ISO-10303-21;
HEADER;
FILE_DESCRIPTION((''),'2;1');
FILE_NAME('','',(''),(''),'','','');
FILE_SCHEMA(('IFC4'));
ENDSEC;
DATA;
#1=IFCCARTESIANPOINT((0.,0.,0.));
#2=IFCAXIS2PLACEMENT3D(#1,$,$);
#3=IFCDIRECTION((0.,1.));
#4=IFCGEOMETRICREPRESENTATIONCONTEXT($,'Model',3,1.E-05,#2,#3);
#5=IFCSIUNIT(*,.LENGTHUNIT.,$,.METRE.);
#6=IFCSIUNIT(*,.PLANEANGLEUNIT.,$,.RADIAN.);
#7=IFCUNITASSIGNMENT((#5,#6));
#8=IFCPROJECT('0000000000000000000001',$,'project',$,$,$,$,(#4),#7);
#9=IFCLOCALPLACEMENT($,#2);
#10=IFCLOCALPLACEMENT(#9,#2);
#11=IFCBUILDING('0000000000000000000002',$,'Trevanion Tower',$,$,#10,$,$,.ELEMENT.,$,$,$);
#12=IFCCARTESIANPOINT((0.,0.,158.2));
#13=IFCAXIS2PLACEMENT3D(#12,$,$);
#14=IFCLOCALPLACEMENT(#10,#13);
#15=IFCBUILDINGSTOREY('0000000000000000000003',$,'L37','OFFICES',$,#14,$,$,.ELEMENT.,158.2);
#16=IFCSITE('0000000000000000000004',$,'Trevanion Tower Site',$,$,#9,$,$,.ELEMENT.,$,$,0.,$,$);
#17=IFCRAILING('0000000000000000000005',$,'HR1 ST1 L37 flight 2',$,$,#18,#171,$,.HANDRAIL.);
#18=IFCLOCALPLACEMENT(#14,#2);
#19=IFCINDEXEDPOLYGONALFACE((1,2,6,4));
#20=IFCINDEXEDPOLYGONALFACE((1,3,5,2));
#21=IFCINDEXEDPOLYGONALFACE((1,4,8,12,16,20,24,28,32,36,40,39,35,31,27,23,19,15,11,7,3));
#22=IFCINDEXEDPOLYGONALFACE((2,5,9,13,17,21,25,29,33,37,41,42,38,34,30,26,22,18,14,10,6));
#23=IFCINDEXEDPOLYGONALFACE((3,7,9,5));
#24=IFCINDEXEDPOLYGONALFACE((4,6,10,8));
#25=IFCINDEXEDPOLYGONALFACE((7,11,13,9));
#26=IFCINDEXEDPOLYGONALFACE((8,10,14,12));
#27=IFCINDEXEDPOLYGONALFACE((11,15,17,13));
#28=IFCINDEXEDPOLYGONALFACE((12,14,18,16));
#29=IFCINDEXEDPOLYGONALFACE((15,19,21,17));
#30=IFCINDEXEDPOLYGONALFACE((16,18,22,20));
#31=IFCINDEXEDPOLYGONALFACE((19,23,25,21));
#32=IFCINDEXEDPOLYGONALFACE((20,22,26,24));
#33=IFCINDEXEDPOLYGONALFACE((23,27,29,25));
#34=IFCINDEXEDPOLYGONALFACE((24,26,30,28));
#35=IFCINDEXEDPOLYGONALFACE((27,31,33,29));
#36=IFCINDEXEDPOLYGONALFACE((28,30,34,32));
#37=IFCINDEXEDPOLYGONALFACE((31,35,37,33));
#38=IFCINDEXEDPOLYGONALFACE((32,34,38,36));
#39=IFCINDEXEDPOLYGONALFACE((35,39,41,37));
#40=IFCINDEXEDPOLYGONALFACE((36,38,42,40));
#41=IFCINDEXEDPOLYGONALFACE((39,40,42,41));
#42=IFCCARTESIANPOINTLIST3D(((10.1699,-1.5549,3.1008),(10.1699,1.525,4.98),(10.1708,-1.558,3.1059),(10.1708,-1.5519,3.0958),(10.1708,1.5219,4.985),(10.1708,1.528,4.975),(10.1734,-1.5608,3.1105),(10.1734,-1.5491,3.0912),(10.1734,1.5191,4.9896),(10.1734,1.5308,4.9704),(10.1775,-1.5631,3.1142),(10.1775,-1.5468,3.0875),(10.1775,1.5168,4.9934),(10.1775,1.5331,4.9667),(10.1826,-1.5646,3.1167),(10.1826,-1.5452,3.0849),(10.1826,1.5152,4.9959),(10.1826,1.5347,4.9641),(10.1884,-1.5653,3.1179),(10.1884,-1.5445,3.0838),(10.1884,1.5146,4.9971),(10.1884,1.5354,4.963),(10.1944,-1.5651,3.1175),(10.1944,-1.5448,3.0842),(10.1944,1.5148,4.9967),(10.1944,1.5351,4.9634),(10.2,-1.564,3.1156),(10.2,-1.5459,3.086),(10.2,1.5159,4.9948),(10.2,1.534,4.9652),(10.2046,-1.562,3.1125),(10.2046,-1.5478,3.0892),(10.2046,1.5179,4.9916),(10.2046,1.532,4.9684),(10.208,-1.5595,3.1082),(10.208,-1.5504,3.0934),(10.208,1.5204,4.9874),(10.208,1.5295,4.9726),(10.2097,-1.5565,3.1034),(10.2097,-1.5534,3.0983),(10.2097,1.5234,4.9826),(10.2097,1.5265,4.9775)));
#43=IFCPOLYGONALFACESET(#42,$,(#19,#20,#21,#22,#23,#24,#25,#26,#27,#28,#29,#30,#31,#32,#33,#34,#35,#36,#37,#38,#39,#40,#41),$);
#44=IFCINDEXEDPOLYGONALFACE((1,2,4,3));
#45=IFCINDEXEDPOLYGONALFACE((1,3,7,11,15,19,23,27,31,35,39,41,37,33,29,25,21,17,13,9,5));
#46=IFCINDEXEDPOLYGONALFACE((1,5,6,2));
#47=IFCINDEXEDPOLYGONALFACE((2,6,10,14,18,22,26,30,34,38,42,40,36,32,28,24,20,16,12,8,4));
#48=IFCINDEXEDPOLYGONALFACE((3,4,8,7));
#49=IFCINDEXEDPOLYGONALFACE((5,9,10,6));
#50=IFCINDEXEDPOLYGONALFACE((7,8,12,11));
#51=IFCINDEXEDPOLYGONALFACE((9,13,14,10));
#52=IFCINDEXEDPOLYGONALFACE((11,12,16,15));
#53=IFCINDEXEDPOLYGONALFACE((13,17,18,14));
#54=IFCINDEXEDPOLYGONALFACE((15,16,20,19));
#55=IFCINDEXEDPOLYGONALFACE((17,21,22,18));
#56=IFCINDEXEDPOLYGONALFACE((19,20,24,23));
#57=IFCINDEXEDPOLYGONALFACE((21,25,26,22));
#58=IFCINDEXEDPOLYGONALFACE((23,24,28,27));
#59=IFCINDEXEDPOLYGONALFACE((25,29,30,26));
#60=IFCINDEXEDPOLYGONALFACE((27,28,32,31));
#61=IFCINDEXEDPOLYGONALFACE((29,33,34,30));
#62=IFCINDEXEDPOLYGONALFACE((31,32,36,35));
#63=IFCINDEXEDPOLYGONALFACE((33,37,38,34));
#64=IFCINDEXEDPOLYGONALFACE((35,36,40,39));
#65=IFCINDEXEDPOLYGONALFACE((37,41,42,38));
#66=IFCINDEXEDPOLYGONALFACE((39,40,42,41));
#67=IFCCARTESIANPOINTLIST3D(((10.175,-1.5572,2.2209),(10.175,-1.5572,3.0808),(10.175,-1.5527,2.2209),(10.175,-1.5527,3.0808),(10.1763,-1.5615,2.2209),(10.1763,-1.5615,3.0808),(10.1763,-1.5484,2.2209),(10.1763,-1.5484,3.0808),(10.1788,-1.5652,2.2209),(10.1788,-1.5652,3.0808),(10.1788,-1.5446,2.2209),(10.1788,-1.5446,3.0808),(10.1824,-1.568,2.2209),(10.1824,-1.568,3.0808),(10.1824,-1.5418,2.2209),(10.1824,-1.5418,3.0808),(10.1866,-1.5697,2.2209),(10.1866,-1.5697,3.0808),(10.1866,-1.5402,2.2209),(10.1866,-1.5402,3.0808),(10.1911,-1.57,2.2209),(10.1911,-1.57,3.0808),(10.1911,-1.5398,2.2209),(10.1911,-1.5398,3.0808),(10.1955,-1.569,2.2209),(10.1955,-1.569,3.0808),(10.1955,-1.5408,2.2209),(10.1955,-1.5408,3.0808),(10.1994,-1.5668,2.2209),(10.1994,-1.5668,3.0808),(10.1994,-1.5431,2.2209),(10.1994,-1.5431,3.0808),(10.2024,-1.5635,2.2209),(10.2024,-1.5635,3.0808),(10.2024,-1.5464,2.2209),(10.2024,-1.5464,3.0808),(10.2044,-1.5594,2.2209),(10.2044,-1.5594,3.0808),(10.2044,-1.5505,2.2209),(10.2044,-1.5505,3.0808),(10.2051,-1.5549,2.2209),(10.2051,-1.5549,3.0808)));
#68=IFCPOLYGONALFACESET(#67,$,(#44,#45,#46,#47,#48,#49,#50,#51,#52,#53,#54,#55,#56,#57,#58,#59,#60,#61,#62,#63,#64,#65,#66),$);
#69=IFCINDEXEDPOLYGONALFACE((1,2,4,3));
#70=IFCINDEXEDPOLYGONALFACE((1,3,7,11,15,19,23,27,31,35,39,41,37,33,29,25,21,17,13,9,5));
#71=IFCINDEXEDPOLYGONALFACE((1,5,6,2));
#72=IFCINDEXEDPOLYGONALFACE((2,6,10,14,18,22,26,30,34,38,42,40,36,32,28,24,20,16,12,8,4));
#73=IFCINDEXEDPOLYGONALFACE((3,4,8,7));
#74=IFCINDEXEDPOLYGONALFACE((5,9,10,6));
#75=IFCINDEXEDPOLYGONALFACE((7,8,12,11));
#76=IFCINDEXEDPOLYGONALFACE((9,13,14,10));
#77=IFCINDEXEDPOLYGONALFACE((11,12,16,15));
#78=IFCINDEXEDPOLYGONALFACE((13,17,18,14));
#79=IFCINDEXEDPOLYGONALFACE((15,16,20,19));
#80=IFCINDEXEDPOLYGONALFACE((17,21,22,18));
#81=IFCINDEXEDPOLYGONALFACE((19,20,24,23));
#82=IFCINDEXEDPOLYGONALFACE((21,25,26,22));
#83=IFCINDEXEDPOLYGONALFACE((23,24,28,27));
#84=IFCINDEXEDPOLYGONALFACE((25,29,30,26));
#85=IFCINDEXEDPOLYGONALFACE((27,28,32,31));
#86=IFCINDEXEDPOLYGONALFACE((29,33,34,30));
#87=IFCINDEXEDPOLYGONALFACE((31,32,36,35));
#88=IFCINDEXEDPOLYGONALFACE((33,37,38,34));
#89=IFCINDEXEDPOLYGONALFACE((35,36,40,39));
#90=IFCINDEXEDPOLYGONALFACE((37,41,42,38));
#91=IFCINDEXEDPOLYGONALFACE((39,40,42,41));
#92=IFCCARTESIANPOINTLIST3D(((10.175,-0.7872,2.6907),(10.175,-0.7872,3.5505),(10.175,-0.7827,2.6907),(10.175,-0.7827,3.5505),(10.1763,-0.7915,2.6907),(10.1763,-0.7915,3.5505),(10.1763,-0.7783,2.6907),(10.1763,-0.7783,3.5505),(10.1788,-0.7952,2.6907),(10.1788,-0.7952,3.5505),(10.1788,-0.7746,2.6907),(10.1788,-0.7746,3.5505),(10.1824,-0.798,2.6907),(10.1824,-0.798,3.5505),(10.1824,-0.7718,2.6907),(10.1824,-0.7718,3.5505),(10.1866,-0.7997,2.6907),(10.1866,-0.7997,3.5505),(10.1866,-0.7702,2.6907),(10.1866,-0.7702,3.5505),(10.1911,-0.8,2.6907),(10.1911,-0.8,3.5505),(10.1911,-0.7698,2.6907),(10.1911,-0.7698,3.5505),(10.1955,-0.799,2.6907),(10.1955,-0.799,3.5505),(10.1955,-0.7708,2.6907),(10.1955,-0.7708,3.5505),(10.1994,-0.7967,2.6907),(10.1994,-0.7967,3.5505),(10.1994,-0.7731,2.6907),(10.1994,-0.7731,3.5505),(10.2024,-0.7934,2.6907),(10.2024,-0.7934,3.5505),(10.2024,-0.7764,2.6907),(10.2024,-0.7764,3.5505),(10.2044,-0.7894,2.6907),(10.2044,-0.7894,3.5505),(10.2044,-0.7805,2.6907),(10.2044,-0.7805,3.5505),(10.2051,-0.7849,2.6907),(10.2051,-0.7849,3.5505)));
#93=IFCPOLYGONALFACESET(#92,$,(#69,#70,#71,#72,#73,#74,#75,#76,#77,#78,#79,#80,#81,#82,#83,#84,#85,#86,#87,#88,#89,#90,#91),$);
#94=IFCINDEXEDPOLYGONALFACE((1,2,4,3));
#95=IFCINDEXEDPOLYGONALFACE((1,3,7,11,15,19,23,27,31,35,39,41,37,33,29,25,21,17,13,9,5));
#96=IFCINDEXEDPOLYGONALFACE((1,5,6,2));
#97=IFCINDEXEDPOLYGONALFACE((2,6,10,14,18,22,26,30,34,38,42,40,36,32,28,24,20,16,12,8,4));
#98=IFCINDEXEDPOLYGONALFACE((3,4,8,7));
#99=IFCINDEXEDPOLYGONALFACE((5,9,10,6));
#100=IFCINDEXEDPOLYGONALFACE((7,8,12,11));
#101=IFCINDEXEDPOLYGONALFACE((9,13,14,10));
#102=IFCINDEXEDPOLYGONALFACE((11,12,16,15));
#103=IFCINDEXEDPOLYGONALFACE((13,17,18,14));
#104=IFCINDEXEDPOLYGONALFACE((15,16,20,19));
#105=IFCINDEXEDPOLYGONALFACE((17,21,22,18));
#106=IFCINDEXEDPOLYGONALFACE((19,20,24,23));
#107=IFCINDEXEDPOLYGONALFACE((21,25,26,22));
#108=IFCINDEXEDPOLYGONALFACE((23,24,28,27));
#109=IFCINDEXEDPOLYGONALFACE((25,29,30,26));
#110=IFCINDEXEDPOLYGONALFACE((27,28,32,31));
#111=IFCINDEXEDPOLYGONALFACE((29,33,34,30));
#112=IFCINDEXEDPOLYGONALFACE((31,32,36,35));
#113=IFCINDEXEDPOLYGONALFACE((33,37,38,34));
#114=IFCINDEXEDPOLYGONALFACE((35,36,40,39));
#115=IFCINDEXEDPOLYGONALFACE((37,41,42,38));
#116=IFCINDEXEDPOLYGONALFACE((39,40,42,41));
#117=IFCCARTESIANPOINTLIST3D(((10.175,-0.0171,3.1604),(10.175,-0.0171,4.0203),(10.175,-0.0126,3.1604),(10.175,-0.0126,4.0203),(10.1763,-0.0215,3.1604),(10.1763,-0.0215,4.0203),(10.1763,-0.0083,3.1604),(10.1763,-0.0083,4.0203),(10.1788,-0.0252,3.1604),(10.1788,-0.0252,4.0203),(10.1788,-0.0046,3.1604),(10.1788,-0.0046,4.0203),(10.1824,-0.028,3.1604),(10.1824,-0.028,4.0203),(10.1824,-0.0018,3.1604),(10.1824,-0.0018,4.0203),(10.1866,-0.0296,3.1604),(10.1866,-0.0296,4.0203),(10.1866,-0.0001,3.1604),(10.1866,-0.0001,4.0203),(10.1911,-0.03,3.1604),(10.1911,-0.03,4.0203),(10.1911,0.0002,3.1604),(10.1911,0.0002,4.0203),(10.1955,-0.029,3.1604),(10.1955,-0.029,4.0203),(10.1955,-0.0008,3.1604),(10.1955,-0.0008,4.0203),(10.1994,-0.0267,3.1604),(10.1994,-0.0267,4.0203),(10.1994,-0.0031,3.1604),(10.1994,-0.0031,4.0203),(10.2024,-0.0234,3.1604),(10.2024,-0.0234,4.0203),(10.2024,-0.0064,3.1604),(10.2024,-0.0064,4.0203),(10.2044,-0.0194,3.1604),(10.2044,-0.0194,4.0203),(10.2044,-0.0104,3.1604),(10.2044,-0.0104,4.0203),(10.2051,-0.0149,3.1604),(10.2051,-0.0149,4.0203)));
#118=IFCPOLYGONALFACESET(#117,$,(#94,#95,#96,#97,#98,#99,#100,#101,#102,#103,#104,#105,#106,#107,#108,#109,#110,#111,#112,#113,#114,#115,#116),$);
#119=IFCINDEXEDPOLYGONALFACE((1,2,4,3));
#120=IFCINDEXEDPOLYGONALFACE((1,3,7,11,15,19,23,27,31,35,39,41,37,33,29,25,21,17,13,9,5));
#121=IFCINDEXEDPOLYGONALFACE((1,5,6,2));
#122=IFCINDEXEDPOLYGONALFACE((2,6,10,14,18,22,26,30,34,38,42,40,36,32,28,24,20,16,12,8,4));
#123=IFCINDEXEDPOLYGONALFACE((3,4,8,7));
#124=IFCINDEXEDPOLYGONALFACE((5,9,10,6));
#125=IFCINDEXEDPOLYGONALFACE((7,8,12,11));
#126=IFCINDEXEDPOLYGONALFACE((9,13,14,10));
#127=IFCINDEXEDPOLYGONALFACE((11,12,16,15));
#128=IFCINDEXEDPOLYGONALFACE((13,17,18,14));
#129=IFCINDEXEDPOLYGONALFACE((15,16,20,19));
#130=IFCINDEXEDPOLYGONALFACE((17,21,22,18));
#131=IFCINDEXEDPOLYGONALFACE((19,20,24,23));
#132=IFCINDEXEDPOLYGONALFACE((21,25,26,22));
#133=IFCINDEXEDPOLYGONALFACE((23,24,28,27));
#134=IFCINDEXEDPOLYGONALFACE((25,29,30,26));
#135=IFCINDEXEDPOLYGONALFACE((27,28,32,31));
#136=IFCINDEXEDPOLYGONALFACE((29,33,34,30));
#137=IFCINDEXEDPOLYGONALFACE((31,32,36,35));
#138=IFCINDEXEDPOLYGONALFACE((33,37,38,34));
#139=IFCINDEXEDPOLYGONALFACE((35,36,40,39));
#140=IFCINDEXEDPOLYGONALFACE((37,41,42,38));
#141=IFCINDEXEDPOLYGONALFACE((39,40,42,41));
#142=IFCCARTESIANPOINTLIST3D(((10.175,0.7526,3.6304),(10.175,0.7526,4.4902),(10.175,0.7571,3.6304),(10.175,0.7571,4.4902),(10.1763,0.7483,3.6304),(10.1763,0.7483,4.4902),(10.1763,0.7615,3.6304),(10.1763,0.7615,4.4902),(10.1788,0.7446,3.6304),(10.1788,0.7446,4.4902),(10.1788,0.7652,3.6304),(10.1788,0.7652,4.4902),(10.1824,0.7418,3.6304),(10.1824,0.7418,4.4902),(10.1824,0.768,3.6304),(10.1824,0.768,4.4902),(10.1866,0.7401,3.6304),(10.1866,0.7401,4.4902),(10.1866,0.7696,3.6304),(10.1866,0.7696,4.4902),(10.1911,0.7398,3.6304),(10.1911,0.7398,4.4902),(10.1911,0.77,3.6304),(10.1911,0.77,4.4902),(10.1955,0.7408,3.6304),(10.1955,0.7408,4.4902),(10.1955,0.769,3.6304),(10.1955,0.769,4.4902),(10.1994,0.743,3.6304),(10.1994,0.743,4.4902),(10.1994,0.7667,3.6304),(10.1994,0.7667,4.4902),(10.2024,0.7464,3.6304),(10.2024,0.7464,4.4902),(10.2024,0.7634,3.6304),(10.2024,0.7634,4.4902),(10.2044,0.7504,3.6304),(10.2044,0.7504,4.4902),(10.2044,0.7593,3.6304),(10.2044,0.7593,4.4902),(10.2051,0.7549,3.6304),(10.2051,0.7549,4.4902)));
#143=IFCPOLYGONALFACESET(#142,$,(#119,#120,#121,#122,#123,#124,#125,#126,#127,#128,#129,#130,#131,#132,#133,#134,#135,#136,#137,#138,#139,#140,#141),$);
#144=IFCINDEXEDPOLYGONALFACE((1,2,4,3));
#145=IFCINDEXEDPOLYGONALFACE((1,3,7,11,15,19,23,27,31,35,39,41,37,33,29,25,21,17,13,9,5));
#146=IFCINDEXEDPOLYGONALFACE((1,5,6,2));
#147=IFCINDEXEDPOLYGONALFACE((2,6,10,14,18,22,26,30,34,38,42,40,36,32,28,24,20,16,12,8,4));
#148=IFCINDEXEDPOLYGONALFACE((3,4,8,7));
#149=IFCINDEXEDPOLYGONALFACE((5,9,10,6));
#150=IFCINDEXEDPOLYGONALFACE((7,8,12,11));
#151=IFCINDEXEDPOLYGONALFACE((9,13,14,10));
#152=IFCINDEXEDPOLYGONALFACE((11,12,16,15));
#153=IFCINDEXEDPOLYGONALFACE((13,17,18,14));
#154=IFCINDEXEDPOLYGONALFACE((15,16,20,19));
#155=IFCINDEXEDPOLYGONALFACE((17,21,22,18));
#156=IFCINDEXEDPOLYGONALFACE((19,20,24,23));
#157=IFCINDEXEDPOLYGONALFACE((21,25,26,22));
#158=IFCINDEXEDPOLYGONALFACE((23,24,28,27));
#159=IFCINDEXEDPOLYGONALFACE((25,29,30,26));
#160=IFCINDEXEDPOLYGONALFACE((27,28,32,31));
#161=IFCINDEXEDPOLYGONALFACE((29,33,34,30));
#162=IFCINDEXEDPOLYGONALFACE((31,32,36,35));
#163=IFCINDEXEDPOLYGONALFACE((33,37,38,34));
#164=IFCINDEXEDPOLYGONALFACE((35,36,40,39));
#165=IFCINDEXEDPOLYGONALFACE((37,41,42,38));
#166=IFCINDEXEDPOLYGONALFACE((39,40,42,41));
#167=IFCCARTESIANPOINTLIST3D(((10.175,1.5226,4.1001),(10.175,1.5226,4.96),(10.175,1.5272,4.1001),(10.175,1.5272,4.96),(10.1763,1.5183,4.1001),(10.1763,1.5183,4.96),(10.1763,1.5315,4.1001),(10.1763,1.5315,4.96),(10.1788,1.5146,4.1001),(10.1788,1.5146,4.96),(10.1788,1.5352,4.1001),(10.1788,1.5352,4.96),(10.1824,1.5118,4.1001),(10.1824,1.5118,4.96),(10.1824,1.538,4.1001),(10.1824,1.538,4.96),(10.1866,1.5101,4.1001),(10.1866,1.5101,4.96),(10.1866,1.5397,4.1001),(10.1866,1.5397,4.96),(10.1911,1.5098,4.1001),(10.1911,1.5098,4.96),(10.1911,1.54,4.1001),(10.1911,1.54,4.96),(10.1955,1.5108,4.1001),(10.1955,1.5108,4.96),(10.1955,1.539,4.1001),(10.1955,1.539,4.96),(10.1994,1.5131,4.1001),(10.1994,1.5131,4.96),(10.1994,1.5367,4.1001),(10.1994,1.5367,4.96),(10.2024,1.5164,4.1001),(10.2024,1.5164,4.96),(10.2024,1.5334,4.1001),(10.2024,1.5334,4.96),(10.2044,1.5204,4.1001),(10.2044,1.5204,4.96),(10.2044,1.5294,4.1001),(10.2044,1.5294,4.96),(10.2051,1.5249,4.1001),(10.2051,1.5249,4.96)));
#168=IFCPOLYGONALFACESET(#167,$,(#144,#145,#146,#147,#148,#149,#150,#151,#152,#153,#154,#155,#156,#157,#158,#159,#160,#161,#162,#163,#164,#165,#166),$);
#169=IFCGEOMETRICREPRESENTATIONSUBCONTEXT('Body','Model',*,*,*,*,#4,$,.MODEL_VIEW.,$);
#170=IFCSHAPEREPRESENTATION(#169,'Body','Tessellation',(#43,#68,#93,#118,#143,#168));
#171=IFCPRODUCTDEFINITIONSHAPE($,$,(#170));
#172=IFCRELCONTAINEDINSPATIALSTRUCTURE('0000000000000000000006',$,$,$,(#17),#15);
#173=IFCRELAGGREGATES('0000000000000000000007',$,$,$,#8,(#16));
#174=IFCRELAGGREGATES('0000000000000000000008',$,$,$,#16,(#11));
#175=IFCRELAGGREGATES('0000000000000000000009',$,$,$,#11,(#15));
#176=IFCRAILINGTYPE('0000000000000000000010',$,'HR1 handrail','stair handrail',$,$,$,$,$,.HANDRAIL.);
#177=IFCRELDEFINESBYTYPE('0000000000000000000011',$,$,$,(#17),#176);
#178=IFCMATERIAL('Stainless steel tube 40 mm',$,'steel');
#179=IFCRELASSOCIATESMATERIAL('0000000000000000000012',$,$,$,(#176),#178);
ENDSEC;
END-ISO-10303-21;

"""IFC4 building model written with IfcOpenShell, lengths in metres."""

from ifc_helpers import new_model, si_unit, direction, frame, origin, origin_2d, place, context, subcontext, project, spatial, circle, extrude, material, type_object, element, save


model = new_model("IFC4")

# Units and contexts
model_context = context("Model", 3, precision=1e-05, world=origin(), true_north=direction((0.0, 1.0)))
body_context = subcontext(model_context, "Body", "Model", "MODEL_VIEW")
ifc_project = project(units=[si_unit("LENGTHUNIT", "METRE"), si_unit("PLANEANGLEUNIT", "RADIAN")], contexts=[model_context])

# Site, building, storey
site_placement = place(None, origin())
site = spatial("IfcSite", under=ifc_project, at=site_placement, Name="Trevanion Tower Site", CompositionType="ELEMENT", RefElevation=0.0)
building_placement = place(site_placement, origin())
building = spatial("IfcBuilding", under=site, at=building_placement, Name="Trevanion Tower", CompositionType="ELEMENT")
storey_placement = place(building_placement, frame((0.0, 0.0, 158.2)))
storey = spatial("IfcBuildingStorey", under=building, at=storey_placement, Name="L37", Description="OFFICES", CompositionType="ELEMENT", Elevation=158.2)

# Railing
ifc_material_1 = material(Name="Stainless steel tube 40 mm", Category="steel")
railing_type = type_object("IfcRailingType", Name="HR1 handrail", Description="stair handrail", PredefinedType="HANDRAIL", material=ifc_material_1)
for number, where, name in (
    (1, (10.1899, -1.5549, 2.2209), "HR1 ST1 L37 flight 2"),
):
    element("IfcRailing", number, at=place(storey_placement, frame(where)), inside=storey, type_object=railing_type, Name=name, PredefinedType="HANDRAIL", context=body_context, shape_type="SweptSolid", body=[
        extrude(circle(Radius=0.02, at=origin_2d()), frame((0.0, 0.0, 0.8799), z_axis=(0.0, 0.853648, 0.52085), x_axis=(-1.0, 0.0, 0.0)), (0.0, 0.0, 1.0), 3.6079),
        extrude(circle(Radius=0.0151, at=origin_2d()), origin(), (0.0, 0.0, 1.0), 0.8599),
        extrude(circle(Radius=0.0151, at=origin_2d()), frame((0.0, 0.77, 0.4697)), (0.0, 0.0, 1.0), 0.8599),
        extrude(circle(Radius=0.0151, at=origin_2d()), frame((0.0, 1.54, 0.9395)), (0.0, 0.0, 1.0), 0.8599),
        extrude(circle(Radius=0.0151, at=origin_2d()), frame((0.0, 2.3098, 1.4094)), (0.0, 0.0, 1.0), 0.8599),
        extrude(circle(Radius=0.0151, at=origin_2d()), frame((0.0, 3.0798, 1.8792)), (0.0, 0.0, 1.0), 0.8599),
    ])

save(model, "model.ifc")
